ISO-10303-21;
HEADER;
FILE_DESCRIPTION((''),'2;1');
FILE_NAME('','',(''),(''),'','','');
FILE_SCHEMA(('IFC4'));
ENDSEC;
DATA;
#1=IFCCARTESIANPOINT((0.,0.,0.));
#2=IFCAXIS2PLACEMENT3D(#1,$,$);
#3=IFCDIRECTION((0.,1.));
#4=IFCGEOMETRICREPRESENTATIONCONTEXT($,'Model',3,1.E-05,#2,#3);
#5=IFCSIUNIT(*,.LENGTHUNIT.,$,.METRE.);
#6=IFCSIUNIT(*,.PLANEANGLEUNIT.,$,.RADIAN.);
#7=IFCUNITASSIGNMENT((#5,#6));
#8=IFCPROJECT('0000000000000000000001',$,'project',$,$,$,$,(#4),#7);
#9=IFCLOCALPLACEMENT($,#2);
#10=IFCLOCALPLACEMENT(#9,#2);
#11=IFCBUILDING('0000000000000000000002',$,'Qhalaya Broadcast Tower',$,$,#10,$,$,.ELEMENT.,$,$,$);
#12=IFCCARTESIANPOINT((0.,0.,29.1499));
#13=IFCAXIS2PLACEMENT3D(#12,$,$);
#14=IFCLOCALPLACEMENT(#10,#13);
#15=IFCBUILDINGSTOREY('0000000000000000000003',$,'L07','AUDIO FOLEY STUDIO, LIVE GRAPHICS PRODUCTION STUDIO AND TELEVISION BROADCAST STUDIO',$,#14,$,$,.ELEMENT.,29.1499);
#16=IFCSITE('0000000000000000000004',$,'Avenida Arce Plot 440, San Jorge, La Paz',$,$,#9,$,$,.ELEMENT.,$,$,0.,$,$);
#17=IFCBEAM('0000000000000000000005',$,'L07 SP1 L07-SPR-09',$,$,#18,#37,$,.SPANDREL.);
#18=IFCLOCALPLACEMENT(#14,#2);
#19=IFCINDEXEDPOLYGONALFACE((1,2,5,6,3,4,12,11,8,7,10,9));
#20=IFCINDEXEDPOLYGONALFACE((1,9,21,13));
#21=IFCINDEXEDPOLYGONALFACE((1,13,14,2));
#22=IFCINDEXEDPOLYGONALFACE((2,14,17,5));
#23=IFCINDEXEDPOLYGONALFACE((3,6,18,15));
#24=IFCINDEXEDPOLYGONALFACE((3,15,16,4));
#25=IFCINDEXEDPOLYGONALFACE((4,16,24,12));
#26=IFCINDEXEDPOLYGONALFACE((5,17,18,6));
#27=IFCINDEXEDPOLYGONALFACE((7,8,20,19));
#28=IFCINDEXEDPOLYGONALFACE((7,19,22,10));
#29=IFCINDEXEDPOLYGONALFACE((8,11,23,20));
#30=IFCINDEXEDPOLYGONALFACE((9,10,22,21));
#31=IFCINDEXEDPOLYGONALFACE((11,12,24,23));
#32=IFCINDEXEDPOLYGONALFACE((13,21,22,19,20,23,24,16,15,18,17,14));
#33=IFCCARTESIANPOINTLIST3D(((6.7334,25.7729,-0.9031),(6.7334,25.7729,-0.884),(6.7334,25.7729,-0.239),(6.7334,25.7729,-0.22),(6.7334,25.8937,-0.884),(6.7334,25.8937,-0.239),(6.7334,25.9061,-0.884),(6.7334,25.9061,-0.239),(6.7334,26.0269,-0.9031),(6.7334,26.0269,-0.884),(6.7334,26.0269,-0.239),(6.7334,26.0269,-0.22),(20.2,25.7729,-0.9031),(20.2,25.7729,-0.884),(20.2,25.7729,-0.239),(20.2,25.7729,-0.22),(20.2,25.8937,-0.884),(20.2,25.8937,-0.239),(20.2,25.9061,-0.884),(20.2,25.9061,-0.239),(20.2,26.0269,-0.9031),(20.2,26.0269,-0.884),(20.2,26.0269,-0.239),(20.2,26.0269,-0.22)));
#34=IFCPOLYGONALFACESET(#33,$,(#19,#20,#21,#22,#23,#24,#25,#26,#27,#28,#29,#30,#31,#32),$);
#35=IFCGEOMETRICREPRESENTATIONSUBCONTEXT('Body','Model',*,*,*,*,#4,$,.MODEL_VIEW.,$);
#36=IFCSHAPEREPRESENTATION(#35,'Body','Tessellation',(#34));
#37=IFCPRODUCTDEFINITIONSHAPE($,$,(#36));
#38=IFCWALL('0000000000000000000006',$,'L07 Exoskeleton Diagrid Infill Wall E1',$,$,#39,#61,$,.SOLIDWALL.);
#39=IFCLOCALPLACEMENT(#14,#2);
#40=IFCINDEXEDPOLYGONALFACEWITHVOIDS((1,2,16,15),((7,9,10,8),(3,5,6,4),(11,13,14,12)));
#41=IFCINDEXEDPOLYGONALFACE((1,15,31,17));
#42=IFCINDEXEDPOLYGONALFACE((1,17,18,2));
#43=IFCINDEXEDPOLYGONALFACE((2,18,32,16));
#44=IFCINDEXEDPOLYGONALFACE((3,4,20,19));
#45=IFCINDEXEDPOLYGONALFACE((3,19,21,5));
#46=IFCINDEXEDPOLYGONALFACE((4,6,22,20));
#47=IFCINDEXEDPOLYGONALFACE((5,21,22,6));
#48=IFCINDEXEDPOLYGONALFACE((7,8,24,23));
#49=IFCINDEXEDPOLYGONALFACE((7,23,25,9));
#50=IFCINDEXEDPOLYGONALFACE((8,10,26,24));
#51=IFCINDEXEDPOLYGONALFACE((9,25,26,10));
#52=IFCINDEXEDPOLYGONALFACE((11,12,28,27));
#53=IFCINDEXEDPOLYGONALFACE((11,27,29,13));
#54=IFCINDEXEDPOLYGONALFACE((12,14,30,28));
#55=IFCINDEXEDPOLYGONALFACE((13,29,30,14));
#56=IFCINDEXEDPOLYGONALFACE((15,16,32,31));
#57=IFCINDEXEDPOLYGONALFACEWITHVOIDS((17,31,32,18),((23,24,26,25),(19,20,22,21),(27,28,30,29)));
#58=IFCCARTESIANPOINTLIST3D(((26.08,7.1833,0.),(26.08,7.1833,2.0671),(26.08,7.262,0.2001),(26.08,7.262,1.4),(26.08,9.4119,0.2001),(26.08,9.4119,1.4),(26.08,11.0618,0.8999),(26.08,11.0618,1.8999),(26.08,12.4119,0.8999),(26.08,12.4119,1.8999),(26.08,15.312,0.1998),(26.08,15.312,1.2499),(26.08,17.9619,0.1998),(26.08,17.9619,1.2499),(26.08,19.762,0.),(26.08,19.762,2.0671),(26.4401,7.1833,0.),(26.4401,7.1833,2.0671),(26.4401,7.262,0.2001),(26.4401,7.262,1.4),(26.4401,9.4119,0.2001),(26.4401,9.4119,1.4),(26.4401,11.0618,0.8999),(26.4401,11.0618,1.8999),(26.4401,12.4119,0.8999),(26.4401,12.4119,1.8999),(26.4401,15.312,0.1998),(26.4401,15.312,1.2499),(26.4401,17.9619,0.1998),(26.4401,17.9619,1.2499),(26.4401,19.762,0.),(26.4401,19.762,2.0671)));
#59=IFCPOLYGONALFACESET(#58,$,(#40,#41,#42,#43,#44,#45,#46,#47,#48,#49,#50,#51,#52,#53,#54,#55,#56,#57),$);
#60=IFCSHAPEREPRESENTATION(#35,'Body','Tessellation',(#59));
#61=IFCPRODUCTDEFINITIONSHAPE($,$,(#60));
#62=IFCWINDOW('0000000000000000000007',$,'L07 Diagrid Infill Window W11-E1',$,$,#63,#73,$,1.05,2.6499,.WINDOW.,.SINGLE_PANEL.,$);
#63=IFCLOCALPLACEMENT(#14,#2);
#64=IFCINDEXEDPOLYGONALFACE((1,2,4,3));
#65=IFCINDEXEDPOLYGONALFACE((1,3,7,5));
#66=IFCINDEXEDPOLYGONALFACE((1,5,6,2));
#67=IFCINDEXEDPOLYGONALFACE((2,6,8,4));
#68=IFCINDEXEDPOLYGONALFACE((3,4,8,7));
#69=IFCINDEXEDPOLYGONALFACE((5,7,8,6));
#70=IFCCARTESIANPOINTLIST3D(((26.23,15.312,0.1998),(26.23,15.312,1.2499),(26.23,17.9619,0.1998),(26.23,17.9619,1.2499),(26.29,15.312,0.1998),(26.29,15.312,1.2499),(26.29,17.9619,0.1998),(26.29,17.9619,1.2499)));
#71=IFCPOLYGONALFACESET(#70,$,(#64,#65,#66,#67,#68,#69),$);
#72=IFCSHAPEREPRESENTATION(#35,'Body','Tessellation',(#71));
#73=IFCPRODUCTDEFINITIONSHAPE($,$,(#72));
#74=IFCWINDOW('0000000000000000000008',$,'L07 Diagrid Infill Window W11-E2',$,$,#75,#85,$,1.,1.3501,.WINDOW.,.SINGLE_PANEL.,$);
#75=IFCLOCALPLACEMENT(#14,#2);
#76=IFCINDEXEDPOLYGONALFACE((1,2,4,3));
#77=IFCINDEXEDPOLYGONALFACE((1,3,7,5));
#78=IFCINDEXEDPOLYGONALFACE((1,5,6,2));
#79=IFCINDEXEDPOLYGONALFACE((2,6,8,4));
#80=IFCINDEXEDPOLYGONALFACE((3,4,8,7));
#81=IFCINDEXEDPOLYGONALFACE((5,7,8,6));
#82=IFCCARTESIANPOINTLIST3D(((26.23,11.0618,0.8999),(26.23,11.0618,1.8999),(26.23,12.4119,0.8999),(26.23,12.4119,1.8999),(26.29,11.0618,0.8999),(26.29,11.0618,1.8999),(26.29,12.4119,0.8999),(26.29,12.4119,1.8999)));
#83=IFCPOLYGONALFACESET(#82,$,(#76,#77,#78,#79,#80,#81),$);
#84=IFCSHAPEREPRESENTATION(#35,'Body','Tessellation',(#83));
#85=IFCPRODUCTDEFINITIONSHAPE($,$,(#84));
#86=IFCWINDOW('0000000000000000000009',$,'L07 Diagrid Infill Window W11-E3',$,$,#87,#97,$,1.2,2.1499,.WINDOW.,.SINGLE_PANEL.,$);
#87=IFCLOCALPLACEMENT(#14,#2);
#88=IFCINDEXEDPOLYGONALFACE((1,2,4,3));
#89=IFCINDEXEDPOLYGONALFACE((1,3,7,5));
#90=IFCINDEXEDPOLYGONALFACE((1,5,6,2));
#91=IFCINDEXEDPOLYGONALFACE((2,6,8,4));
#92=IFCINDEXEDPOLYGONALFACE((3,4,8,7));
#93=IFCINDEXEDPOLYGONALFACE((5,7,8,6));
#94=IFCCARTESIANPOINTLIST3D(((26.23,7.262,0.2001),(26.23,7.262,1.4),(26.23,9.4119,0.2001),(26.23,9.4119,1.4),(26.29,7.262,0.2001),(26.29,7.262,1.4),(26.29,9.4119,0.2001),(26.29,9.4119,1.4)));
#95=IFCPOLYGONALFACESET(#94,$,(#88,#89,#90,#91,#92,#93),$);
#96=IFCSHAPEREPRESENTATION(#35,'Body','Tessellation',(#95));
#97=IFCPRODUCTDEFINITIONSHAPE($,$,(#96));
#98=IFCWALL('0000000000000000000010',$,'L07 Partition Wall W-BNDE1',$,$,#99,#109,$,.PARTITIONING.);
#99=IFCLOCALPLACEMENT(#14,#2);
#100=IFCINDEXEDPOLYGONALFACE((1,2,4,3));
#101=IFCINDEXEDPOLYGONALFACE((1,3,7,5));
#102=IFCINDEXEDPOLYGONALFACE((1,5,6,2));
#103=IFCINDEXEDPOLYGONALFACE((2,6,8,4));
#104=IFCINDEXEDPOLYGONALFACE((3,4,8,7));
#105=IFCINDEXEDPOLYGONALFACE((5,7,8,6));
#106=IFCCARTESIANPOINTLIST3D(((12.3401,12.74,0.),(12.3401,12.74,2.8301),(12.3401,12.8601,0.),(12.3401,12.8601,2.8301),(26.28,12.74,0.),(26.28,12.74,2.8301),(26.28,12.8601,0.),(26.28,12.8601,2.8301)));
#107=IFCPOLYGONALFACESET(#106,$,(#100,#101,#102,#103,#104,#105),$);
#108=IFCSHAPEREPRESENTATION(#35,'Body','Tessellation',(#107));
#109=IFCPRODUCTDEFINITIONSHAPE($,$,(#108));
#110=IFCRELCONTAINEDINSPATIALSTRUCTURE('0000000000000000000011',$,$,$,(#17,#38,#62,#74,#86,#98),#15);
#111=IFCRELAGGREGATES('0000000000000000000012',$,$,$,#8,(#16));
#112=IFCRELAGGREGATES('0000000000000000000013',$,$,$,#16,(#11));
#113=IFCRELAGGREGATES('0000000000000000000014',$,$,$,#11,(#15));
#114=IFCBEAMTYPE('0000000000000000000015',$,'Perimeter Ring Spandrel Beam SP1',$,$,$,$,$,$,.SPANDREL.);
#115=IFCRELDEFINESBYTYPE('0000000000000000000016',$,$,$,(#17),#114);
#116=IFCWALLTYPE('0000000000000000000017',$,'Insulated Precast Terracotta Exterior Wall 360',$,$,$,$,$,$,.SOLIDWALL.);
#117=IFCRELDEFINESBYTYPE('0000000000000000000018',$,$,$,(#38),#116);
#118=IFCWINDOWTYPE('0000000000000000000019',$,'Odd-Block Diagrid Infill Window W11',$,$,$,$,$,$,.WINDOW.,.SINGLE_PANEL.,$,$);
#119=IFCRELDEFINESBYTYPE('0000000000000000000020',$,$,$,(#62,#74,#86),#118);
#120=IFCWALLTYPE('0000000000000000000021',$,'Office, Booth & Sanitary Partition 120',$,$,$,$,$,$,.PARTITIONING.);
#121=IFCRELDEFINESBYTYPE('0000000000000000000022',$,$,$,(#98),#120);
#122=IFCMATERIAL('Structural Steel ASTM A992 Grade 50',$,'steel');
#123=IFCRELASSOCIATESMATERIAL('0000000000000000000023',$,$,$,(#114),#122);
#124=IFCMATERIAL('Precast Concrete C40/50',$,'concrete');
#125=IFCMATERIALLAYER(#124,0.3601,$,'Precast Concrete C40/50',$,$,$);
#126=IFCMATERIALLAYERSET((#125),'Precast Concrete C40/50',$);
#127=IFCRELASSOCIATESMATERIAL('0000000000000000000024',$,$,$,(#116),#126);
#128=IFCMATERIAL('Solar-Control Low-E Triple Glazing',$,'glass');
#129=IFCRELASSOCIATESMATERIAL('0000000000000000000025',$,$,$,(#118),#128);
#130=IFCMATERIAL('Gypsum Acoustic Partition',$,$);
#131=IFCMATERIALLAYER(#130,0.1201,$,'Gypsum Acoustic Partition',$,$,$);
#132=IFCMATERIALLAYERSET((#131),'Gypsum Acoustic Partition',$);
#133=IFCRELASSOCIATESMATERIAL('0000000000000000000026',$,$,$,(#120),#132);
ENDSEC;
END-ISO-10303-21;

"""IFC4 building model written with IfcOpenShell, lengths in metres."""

from ifc_helpers import new_model, si_unit, direction, frame, frame_2d, origin, origin_2d, place, context, subcontext, project, spatial, rectangle, i_section, extrude, material, layer, layer_set, material_profile, profile_set, type_object, element, fill, save


model = new_model("IFC4")

# Units and contexts
model_context = context("Model", 3, precision=1e-05, world=origin(), true_north=direction((0.0, 1.0)))
body_context = subcontext(model_context, "Body", "Model", "MODEL_VIEW")
ifc_project = project(units=[si_unit("LENGTHUNIT", "METRE"), si_unit("PLANEANGLEUNIT", "RADIAN")], contexts=[model_context])

# Site, building, storey
site_placement = place(None, origin())
site = spatial("IfcSite", under=ifc_project, at=site_placement, Name="Avenida Arce Plot 440, San Jorge, La Paz", CompositionType="ELEMENT", RefElevation=0.0)
building_placement = place(site_placement, origin())
building = spatial("IfcBuilding", under=site, at=building_placement, Name="Qhalaya Broadcast Tower", CompositionType="ELEMENT")
storey_placement = place(building_placement, frame((0.0, 0.0, 29.1499)))
storey = spatial("IfcBuildingStorey", under=building, at=storey_placement, Name="L07", Description="AUDIO FOLEY STUDIO, LIVE GRAPHICS PRODUCTION STUDIO AND TELEVISION BROADCAST STUDIO", CompositionType="ELEMENT", Elevation=29.1499)

# Shared definitions
ifc_material_1 = material(Name="Structural Steel ASTM A992 Grade 50", Category="steel")

# Beam
ifc_material_profile_1 = material_profile(ifc_material_1, i_section(OverallWidth=0.2539, OverallDepth=0.6831, WebThickness=0.0125, FlangeThickness=0.019, at=origin_2d()), Name="W27X94")
ifc_profile_set_1 = profile_set([ifc_material_profile_1], Name="Structural Steel ASTM A992 Grade 50")
beam_type_1 = type_object("IfcBeamType", Name="Perimeter Ring Spandrel Beam SP1", PredefinedType="SPANDREL", material=ifc_profile_set_1)
beam_1_placement = place(storey_placement, frame((20.2, 25.8999, -0.5615), z_axis=(-1.0, 0.0, 0.0), x_axis=(0.0, -1.0, 0.0)))
element("IfcBeam", 1, at=beam_1_placement, inside=storey, type_object=beam_type_1, Name="L07 SP1 L07-SPR-09", PredefinedType="SPANDREL", context=body_context, shape_type="SweptSolid", body=[
    extrude(i_section(OverallWidth=0.2539, OverallDepth=0.6831, WebThickness=0.0125, FlangeThickness=0.019, at=origin_2d()), origin(), (0.0, 0.0, 1.0), 13.4666),
])

# Wall, openings, windows
ifc_material_2 = material(Name="Precast Concrete C40/50", Category="concrete")
ifc_layer_1 = layer(ifc_material_2, 0.3601, Name="Precast Concrete C40/50")
ifc_layer_set_1 = layer_set([ifc_layer_1], Name="Precast Concrete C40/50")
wall_type_1 = type_object("IfcWallType", Name="Insulated Precast Terracotta Exterior Wall 360", PredefinedType="SOLIDWALL", material=ifc_layer_set_1)
wall_1_placement = place(storey_placement, frame((26.26, 19.762, 0.0), z_axis=(0.0, 0.0, 1.0), x_axis=(0.0, -1.0, 0.0)))
wall_1 = element("IfcWall", 2, at=wall_1_placement, inside=storey, type_object=wall_type_1, Name="L07 Exoskeleton Diagrid Infill Wall E1", PredefinedType="SOLIDWALL", context=body_context, shape_type="SweptSolid", body=[
    extrude(rectangle(XDim=12.5786, YDim=0.3601, at=frame_2d((6.2893, 0.0))), origin(), (0.0, 0.0, 1.0), 2.0671),
])
opening_1_placement = place(wall_1_placement, frame((1.8, 0.0, 0.2)))
opening_1 = element("IfcOpeningElement", 3, at=opening_1_placement, cuts=wall_1, PredefinedType="OPENING", context=body_context, shape_type="SweptSolid", body=[
    extrude(rectangle(XDim=2.6499, YDim=1.05, at=frame_2d((1.325, 0.5249))), frame((0.0, 0.1921, 0.0), z_axis=(0.0, -1.0, 0.0), x_axis=(1.0, 0.0, 0.0)), (0.0, 0.0, 1.0), 0.384),
])
opening_2_placement = place(wall_1_placement, frame((7.3501, 0.0, 0.8999)))
opening_2 = element("IfcOpeningElement", 4, at=opening_2_placement, cuts=wall_1, PredefinedType="OPENING", context=body_context, shape_type="SweptSolid", body=[
    extrude(rectangle(XDim=1.3501, YDim=1.0, at=frame_2d((0.675, 0.5))), frame((0.0, 0.1921, 0.0), z_axis=(0.0, -1.0, 0.0), x_axis=(1.0, 0.0, 0.0)), (0.0, 0.0, 1.0), 0.384),
])
opening_3_placement = place(wall_1_placement, frame((10.3501, 0.0, 0.2)))
opening_3 = element("IfcOpeningElement", 5, at=opening_3_placement, cuts=wall_1, PredefinedType="OPENING", context=body_context, shape_type="SweptSolid", body=[
    extrude(rectangle(XDim=2.1499, YDim=1.2, at=frame_2d((1.075, 0.6001))), frame((0.0, 0.1921, 0.0), z_axis=(0.0, -1.0, 0.0), x_axis=(1.0, 0.0, 0.0)), (0.0, 0.0, 1.0), 0.384),
])
ifc_material_3 = material(Name="Solar-Control Low-E Triple Glazing", Category="glass")
window_type = type_object("IfcWindowType", Name="Odd-Block Diagrid Infill Window W11", PartitioningType="SINGLE_PANEL", PredefinedType="WINDOW", material=ifc_material_3)
window_1_placement = place(opening_1_placement, origin())
window_1 = element("IfcWindow", 6, at=window_1_placement, inside=storey, type_object=window_type, Name="L07 Diagrid Infill Window W11-E1", OverallHeight=1.05, OverallWidth=2.6499, PartitioningType="SINGLE_PANEL", PredefinedType="WINDOW", context=body_context, shape_type="SweptSolid", body=[
    extrude(rectangle(XDim=2.6499, YDim=1.05, at=frame_2d((1.325, 0.5249))), frame((0.0, 0.03, 0.0), z_axis=(0.0, -1.0, 0.0), x_axis=(1.0, 0.0, 0.0)), (0.0, 0.0, 1.0), 0.0601),
])
fill(opening_1, window_1)
window_2_placement = place(opening_2_placement, origin())
window_2 = element("IfcWindow", 7, at=window_2_placement, inside=storey, type_object=window_type, Name="L07 Diagrid Infill Window W11-E2", OverallHeight=1.0, OverallWidth=1.3501, PartitioningType="SINGLE_PANEL", PredefinedType="WINDOW", context=body_context, shape_type="SweptSolid", body=[
    extrude(rectangle(XDim=1.3501, YDim=1.0, at=frame_2d((0.675, 0.5))), frame((0.0, 0.03, 0.0), z_axis=(0.0, -1.0, 0.0), x_axis=(1.0, 0.0, 0.0)), (0.0, 0.0, 1.0), 0.0601),
])
fill(opening_2, window_2)
window_3_placement = place(opening_3_placement, origin())
window_3 = element("IfcWindow", 8, at=window_3_placement, inside=storey, type_object=window_type, Name="L07 Diagrid Infill Window W11-E3", OverallHeight=1.2, OverallWidth=2.1499, PartitioningType="SINGLE_PANEL", PredefinedType="WINDOW", context=body_context, shape_type="SweptSolid", body=[
    extrude(rectangle(XDim=2.1499, YDim=1.2, at=frame_2d((1.075, 0.6001))), frame((0.0, 0.03, 0.0), z_axis=(0.0, -1.0, 0.0), x_axis=(1.0, 0.0, 0.0)), (0.0, 0.0, 1.0), 0.0601),
])
fill(opening_3, window_3)

# Wall
ifc_material_4 = material(Name="Gypsum Acoustic Partition")
ifc_layer_2 = layer(ifc_material_4, 0.1201, Name="Gypsum Acoustic Partition")
ifc_layer_set_2 = layer_set([ifc_layer_2], Name="Gypsum Acoustic Partition")
wall_type_2 = type_object("IfcWallType", Name="Office, Booth & Sanitary Partition 120", PredefinedType="PARTITIONING", material=ifc_layer_set_2)
wall_2_placement = place(storey_placement, frame((12.3401, 12.8, 0.0), z_axis=(0.0, 0.0, 1.0), x_axis=(1.0, 0.0, 0.0)))
element("IfcWall", 9, at=wall_2_placement, inside=storey, type_object=wall_type_2, Name="L07 Partition Wall W-BNDE1", PredefinedType="PARTITIONING", context=body_context, shape_type="SweptSolid", body=[
    extrude(rectangle(XDim=13.9399, YDim=0.1201, at=frame_2d((6.97, 0.0))), origin(), (0.0, 0.0, 1.0), 2.8301),
])

save(model, "model.ifc")
